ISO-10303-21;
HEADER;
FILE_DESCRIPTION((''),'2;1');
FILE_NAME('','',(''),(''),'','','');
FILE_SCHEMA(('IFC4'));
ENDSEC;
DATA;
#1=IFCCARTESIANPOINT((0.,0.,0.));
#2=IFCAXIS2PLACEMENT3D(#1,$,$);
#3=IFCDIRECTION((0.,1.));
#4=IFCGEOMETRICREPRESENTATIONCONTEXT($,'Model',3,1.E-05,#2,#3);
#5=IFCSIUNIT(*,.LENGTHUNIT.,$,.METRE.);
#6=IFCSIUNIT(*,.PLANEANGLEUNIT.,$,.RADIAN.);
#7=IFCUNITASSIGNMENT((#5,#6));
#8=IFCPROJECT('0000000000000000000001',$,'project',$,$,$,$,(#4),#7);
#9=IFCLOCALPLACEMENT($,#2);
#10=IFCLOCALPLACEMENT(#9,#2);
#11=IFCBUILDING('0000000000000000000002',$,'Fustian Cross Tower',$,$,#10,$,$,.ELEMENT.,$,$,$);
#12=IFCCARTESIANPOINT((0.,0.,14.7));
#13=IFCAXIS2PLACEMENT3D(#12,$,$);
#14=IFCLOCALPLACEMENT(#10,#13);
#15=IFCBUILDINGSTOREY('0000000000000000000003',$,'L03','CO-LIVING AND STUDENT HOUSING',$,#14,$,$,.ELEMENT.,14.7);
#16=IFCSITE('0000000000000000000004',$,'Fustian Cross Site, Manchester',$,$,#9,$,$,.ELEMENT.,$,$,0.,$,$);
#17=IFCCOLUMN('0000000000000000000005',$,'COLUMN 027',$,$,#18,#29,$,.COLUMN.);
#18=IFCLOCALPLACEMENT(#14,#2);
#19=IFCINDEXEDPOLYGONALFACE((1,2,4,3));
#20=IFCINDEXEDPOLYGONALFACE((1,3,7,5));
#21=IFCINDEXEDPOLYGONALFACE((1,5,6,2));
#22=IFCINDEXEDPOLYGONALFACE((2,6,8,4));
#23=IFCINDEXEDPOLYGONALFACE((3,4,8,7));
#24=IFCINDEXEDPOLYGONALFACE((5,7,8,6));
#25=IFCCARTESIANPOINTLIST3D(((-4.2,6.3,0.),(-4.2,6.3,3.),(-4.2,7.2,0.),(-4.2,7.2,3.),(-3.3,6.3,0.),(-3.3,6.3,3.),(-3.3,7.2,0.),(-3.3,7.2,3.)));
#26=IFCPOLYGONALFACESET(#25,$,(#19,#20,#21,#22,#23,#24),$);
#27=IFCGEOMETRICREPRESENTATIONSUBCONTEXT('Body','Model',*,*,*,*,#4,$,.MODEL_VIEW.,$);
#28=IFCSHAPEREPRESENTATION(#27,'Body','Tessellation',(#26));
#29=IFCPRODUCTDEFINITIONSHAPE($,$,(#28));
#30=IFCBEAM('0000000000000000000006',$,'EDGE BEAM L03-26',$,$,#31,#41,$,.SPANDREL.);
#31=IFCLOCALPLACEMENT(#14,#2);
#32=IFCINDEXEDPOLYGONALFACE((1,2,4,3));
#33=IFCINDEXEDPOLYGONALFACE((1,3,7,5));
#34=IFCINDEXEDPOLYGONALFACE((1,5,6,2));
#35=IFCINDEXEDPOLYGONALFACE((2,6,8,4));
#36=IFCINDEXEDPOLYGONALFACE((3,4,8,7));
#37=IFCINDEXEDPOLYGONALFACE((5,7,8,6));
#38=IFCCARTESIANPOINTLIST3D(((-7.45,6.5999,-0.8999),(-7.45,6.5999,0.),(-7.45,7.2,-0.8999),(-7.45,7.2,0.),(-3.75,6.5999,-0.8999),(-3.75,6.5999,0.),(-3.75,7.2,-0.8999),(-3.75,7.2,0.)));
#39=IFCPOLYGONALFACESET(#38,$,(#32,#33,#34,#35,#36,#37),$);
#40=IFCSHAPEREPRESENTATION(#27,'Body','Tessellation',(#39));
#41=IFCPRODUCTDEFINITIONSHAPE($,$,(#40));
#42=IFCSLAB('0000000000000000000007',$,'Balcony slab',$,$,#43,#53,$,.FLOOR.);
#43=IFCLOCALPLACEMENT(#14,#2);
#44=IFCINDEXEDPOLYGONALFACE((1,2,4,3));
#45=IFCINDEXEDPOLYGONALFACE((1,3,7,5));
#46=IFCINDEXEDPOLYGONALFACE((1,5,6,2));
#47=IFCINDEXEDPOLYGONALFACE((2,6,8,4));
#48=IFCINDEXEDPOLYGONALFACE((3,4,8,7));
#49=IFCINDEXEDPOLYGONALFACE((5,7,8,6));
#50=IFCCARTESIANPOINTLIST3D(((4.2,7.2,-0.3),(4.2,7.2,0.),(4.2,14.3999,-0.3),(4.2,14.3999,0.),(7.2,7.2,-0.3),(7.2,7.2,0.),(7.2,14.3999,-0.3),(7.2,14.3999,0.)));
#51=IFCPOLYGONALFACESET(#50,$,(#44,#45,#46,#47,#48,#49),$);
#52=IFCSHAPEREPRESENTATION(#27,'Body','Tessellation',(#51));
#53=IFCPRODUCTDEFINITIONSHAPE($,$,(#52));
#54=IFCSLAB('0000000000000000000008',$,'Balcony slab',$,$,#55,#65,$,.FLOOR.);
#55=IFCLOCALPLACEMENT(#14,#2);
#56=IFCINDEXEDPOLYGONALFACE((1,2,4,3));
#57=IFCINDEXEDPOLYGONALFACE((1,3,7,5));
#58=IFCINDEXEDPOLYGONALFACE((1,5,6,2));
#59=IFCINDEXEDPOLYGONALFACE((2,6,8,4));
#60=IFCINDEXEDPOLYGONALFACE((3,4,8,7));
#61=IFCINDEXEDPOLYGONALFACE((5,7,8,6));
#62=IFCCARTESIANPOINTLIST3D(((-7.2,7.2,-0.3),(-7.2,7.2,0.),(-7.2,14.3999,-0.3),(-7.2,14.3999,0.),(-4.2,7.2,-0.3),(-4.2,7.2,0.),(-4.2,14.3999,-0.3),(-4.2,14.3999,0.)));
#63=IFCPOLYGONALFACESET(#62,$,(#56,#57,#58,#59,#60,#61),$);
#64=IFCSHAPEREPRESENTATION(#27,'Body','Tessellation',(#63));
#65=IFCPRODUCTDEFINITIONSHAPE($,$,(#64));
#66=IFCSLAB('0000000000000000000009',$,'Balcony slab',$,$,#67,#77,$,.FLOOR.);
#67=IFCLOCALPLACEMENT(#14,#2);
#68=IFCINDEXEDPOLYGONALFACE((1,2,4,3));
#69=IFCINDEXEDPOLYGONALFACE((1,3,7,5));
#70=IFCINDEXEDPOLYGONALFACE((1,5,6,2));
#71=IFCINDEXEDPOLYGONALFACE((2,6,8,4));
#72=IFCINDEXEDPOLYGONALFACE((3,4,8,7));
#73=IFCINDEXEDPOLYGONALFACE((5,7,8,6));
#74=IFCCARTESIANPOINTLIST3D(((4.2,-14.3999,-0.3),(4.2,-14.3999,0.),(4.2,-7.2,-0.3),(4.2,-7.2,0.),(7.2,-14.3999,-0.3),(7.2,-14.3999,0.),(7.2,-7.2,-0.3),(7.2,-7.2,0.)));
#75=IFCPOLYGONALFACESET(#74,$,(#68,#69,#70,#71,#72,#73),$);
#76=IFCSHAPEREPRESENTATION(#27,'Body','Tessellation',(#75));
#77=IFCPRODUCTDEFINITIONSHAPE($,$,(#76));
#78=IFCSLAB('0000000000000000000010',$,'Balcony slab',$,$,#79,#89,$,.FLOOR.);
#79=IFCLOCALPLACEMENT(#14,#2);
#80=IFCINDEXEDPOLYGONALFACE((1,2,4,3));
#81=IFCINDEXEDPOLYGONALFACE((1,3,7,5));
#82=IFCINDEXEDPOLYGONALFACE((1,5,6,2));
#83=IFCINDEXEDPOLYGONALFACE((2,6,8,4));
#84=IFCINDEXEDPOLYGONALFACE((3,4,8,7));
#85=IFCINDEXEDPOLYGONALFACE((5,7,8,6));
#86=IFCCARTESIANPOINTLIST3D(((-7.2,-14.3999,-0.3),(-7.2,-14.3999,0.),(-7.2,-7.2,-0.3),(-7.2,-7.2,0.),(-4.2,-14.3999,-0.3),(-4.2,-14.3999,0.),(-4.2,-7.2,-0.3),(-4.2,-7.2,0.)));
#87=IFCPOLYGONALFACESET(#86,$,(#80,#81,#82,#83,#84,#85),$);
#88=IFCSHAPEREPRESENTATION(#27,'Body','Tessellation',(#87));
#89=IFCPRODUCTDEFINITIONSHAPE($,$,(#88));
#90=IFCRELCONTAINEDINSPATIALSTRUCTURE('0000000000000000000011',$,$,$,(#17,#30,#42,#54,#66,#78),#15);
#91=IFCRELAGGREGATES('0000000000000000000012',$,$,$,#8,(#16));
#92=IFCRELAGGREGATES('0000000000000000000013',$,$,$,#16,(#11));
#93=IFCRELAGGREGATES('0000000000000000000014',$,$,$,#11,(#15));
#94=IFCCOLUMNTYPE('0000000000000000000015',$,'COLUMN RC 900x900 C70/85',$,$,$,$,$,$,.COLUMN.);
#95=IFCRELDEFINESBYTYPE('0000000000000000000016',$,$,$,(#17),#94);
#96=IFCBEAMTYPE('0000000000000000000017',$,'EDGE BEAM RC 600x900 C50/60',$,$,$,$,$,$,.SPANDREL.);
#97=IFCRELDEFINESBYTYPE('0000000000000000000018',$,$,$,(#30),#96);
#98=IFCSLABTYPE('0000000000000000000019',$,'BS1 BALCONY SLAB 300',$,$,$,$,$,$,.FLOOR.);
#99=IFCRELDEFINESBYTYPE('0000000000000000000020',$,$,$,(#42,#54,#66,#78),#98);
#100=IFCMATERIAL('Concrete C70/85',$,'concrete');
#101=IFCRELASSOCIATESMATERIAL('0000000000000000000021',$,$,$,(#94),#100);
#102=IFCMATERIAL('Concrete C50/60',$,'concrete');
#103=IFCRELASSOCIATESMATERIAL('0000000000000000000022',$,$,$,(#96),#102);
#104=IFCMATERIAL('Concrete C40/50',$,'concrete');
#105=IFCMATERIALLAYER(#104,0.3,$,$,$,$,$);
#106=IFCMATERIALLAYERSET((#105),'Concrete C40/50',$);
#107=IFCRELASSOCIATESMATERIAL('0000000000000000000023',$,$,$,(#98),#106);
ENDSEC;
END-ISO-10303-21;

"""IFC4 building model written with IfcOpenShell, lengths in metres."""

from ifc_helpers import new_model, si_unit, direction, frame, origin, origin_2d, place, context, subcontext, project, spatial, polyline, rectangle, outline, extrude, material, layer, layer_set, material_profile, profile_set, type_object, element, save


model = new_model("IFC4")

# Units and contexts
model_context = context("Model", 3, precision=1e-05, world=origin(), true_north=direction((0.0, 1.0)))
body_context = subcontext(model_context, "Body", "Model", "MODEL_VIEW")
ifc_project = project(units=[si_unit("LENGTHUNIT", "METRE"), si_unit("PLANEANGLEUNIT", "RADIAN")], contexts=[model_context])

# Site, building, storey
site_placement = place(None, origin())
site = spatial("IfcSite", under=ifc_project, at=site_placement, Name="Fustian Cross Site, Manchester", CompositionType="ELEMENT", RefElevation=0.0)
building_placement = place(site_placement, origin())
building = spatial("IfcBuilding", under=site, at=building_placement, Name="Fustian Cross Tower", CompositionType="ELEMENT")
storey_placement = place(building_placement, frame((0.0, 0.0, 14.7)))
storey = spatial("IfcBuildingStorey", under=building, at=storey_placement, Name="L03", Description="CO-LIVING AND STUDENT HOUSING", CompositionType="ELEMENT", Elevation=14.7)

# Column
ifc_material_1 = material(Name="Concrete C70/85", Category="concrete")
ifc_material_profile_1 = material_profile(ifc_material_1, rectangle(XDim=0.8999, YDim=0.8999, at=origin_2d()), Name="RC 900x900")
ifc_profile_set_1 = profile_set([ifc_material_profile_1], Name="Concrete C70/85")
column_type = type_object("IfcColumnType", Name="COLUMN RC 900x900 C70/85", PredefinedType="COLUMN", material=ifc_profile_set_1)
column_placement = place(storey_placement, frame((-3.75, 6.75, 0.0), z_axis=(0.0, 0.0, 1.0), x_axis=(1.0, 0.0, 0.0)))
element("IfcColumn", 1, at=column_placement, inside=storey, type_object=column_type, Name="COLUMN 027", PredefinedType="COLUMN", context=body_context, shape_type="SweptSolid", body=[
    extrude(rectangle(XDim=0.8999, YDim=0.8999, at=origin_2d()), origin(), (0.0, 0.0, 1.0), 3.0),
])

# Beam
ifc_material_2 = material(Name="Concrete C50/60", Category="concrete")
ifc_material_profile_2 = material_profile(ifc_material_2, rectangle(XDim=0.6001, YDim=0.8999, at=origin_2d()), Name="RC 600x900")
ifc_profile_set_2 = profile_set([ifc_material_profile_2], Name="Concrete C50/60")
beam_type = type_object("IfcBeamType", Name="EDGE BEAM RC 600x900 C50/60", PredefinedType="SPANDREL", material=ifc_profile_set_2)
beam_placement = place(storey_placement, frame((-3.75, 6.8999, -0.45), z_axis=(-1.0, 0.0, 0.0), x_axis=(0.0, -1.0, 0.0)))
element("IfcBeam", 2, at=beam_placement, inside=storey, type_object=beam_type, Name="EDGE BEAM L03-26", PredefinedType="SPANDREL", context=body_context, shape_type="SweptSolid", body=[
    extrude(rectangle(XDim=0.6001, YDim=0.8999, at=origin_2d()), origin(), (0.0, 0.0, 1.0), 3.7),
])

# Slabs
ifc_material_3 = material(Name="Concrete C40/50", Category="concrete")
ifc_layer_1 = layer(ifc_material_3, 0.3)
ifc_layer_set_1 = layer_set([ifc_layer_1], Name="Concrete C40/50")
slab_type_1 = type_object("IfcSlabType", Name="BS1 BALCONY SLAB 300", PredefinedType="FLOOR", material=ifc_layer_set_1)
slab_1_placement = place(storey_placement, frame((0.0, 0.0, -0.3)))
element("IfcSlab", 3, at=slab_1_placement, inside=storey, type_object=slab_type_1, Name="Balcony slab", PredefinedType="FLOOR", context=body_context, shape_type="SweptSolid", body=[
    extrude(outline(polyline([(4.2, 7.2), (7.2, 7.2), (7.2, 14.3999), (4.2, 14.3999), (4.2, 7.2)])), origin(), (0.0, 0.0, 1.0), 0.3),
])
slab_2_placement = place(storey_placement, frame((0.0, 0.0, -0.3)))
element("IfcSlab", 4, at=slab_2_placement, inside=storey, type_object=slab_type_1, Name="Balcony slab", PredefinedType="FLOOR", context=body_context, shape_type="SweptSolid", body=[
    extrude(outline(polyline([(-7.2, 7.2), (-4.2, 7.2), (-4.2, 14.3999), (-7.2, 14.3999), (-7.2, 7.2)])), origin(), (0.0, 0.0, 1.0), 0.3),
])
slab_3_placement = place(storey_placement, frame((0.0, 0.0, -0.3)))
element("IfcSlab", 5, at=slab_3_placement, inside=storey, type_object=slab_type_1, Name="Balcony slab", PredefinedType="FLOOR", context=body_context, shape_type="SweptSolid", body=[
    extrude(outline(polyline([(4.2, -14.3999), (7.2, -14.3999), (7.2, -7.2), (4.2, -7.2), (4.2, -14.3999)])), origin(), (0.0, 0.0, 1.0), 0.3),
])
slab_4_placement = place(storey_placement, frame((0.0, 0.0, -0.3)))
element("IfcSlab", 6, at=slab_4_placement, inside=storey, type_object=slab_type_1, Name="Balcony slab", PredefinedType="FLOOR", context=body_context, shape_type="SweptSolid", body=[
    extrude(outline(polyline([(-7.2, -14.3999), (-4.2, -14.3999), (-4.2, -7.2), (-7.2, -7.2), (-7.2, -14.3999)])), origin(), (0.0, 0.0, 1.0), 0.3),
])

save(model, "model.ifc")
